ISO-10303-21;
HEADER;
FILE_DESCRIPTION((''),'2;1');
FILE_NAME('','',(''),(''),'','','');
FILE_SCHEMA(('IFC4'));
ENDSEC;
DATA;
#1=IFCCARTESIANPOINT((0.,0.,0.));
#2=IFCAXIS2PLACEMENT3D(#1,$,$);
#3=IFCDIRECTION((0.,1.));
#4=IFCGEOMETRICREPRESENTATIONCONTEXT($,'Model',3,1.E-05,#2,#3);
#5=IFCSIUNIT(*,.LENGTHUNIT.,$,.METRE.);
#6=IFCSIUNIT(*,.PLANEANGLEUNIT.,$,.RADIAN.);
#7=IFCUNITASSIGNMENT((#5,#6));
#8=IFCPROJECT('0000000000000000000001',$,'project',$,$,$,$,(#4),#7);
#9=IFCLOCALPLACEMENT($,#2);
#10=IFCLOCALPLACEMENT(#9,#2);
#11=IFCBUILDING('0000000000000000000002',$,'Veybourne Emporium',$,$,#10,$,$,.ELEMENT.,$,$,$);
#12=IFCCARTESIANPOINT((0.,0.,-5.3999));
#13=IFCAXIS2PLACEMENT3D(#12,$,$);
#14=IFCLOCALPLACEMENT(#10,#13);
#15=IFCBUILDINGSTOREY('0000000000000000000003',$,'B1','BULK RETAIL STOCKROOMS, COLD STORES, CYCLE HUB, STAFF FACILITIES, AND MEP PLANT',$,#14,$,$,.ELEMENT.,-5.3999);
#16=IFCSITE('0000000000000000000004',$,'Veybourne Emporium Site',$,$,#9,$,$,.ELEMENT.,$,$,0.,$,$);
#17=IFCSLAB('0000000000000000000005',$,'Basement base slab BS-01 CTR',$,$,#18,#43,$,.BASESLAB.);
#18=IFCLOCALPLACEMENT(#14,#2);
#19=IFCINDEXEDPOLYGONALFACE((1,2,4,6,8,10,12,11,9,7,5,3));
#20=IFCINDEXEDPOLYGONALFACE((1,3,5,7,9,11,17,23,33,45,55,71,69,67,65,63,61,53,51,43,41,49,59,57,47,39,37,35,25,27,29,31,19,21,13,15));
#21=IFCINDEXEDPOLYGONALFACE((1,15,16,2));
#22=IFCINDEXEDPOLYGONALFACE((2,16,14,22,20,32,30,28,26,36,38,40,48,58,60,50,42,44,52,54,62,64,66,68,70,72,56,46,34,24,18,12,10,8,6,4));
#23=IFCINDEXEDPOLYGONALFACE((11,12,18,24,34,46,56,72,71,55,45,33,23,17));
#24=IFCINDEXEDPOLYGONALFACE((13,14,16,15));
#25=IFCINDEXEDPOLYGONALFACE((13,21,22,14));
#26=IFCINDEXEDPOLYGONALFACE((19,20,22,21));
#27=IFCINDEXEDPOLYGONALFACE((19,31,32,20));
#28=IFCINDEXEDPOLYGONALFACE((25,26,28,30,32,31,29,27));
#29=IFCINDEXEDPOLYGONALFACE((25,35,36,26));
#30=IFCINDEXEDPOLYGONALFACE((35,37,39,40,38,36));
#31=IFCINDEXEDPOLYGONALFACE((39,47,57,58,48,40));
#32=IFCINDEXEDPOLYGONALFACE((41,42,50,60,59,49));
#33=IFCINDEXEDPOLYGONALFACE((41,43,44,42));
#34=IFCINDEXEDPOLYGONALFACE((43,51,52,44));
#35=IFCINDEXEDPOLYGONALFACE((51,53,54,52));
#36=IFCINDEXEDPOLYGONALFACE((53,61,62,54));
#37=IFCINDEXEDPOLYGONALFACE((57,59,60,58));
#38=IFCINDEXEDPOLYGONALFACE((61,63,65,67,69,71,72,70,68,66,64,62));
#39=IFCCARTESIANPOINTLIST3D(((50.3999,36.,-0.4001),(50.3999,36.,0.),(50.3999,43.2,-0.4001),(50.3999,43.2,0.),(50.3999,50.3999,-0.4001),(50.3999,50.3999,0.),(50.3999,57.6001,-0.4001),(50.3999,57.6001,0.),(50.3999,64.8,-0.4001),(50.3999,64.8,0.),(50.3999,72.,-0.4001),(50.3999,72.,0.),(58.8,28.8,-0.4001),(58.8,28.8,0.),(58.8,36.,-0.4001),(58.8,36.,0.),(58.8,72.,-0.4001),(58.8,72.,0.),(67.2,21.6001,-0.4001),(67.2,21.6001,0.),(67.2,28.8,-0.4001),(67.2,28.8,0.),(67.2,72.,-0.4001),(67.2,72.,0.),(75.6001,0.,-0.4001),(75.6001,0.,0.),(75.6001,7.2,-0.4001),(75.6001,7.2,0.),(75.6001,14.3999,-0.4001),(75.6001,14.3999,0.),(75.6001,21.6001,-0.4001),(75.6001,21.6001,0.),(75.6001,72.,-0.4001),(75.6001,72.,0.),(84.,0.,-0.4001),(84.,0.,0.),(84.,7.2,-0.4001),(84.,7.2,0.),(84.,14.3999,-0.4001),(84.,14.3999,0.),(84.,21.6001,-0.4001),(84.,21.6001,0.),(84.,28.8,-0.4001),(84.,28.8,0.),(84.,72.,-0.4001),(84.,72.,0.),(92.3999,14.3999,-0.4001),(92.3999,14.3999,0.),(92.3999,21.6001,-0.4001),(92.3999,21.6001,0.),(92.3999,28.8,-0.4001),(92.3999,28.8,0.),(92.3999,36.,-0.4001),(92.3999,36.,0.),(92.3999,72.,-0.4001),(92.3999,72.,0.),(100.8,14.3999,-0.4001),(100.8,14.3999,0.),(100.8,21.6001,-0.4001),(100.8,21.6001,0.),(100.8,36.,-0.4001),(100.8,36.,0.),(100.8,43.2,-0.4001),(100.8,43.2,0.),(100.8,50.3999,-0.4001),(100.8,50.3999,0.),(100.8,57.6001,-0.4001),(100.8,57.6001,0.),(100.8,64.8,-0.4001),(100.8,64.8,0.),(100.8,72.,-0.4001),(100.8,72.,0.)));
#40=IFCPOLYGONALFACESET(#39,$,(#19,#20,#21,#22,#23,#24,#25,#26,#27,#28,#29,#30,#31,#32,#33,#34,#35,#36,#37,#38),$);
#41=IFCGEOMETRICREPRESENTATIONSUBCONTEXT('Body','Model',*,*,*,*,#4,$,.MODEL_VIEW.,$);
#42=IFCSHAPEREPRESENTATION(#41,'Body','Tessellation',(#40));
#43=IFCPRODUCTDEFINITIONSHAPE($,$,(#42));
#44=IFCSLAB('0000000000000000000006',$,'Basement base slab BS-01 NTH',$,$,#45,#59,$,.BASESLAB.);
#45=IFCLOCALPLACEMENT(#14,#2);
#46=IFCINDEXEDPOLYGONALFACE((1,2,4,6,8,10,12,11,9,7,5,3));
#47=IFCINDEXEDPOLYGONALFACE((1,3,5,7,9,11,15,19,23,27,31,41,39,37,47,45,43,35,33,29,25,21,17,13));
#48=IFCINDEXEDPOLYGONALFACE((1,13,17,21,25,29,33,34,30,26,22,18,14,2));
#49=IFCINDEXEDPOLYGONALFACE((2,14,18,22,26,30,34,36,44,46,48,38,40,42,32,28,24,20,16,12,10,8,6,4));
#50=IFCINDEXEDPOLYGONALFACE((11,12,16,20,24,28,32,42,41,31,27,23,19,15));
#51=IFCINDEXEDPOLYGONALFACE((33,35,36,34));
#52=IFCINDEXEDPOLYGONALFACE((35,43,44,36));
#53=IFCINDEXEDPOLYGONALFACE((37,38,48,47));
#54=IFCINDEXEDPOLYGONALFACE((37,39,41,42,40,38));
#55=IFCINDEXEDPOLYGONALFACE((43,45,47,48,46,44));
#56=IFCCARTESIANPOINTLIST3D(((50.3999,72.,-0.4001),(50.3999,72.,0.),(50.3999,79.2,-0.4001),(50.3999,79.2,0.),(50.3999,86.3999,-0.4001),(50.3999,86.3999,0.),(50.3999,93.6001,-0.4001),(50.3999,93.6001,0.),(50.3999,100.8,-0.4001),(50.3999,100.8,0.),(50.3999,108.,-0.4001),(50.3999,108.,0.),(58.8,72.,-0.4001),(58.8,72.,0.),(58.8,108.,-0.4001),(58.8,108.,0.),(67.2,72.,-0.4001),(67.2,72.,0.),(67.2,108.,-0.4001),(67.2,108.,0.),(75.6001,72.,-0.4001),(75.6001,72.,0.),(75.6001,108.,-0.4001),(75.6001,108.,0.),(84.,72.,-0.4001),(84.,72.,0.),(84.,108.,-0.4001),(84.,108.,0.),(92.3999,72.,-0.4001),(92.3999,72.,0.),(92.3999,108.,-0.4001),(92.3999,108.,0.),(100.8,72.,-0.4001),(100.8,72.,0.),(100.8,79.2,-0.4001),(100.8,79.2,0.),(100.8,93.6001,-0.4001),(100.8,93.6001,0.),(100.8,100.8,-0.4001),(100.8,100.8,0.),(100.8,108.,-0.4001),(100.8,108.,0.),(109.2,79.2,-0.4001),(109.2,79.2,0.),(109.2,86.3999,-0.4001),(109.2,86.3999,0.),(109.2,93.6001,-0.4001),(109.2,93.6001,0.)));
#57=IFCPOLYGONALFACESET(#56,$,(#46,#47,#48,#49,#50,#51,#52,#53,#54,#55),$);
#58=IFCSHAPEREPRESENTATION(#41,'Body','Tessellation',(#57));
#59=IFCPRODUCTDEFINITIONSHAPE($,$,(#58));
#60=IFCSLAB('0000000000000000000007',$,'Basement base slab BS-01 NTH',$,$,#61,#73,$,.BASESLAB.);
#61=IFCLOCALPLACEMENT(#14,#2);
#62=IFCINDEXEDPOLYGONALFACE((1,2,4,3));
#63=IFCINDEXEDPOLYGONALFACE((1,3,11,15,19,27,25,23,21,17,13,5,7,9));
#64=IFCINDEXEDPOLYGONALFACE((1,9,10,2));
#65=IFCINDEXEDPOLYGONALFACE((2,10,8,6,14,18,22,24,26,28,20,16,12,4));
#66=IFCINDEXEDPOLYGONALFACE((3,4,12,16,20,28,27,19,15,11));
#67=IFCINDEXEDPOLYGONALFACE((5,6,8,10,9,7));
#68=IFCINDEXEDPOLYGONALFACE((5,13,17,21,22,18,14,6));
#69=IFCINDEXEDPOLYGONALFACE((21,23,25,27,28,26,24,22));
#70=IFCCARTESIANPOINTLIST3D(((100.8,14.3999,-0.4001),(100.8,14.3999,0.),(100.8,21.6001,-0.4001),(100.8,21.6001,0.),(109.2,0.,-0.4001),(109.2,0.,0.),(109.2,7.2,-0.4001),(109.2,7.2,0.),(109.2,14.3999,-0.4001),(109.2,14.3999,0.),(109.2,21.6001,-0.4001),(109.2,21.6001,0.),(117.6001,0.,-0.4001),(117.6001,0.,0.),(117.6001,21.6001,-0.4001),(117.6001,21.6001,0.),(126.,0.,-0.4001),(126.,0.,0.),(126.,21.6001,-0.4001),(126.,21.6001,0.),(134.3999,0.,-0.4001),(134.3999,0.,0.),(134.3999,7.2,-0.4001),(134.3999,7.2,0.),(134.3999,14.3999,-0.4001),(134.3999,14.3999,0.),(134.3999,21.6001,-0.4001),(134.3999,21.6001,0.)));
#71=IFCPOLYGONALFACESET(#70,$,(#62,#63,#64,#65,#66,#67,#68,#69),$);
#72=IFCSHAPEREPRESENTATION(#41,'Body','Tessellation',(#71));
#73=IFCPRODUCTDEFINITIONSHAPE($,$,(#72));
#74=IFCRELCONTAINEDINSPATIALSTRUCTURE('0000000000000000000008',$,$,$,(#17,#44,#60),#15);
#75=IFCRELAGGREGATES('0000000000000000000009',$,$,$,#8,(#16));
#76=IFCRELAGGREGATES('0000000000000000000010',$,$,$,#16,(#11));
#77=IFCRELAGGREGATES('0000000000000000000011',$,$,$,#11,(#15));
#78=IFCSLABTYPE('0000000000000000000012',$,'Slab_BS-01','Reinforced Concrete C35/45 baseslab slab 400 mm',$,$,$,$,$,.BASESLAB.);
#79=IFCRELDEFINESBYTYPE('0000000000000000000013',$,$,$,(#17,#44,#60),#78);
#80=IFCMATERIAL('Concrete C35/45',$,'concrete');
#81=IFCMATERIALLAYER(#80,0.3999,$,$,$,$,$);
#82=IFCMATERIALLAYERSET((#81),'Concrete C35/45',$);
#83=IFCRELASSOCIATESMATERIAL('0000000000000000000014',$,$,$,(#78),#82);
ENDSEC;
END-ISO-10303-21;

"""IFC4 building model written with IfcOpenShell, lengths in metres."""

from ifc_helpers import new_model, si_unit, direction, frame, origin, place, context, subcontext, project, spatial, polyline, outline, extrude, material, layer, layer_set, type_object, element, save


model = new_model("IFC4")

# Units and contexts
model_context = context("Model", 3, precision=1e-05, world=origin(), true_north=direction((0.0, 1.0)))
body_context = subcontext(model_context, "Body", "Model", "MODEL_VIEW")
ifc_project = project(units=[si_unit("LENGTHUNIT", "METRE"), si_unit("PLANEANGLEUNIT", "RADIAN")], contexts=[model_context])

# Site, building, storey
site_placement = place(None, origin())
site = spatial("IfcSite", under=ifc_project, at=site_placement, Name="Veybourne Emporium Site", CompositionType="ELEMENT", RefElevation=0.0)
building_placement = place(site_placement, origin())
building = spatial("IfcBuilding", under=site, at=building_placement, Name="Veybourne Emporium", CompositionType="ELEMENT")
storey_placement = place(building_placement, frame((0.0, 0.0, -5.3999)))
storey = spatial("IfcBuildingStorey", under=building, at=storey_placement, Name="B1", Description="BULK RETAIL STOCKROOMS, COLD STORES, CYCLE HUB, STAFF FACILITIES, AND MEP PLANT", CompositionType="ELEMENT", Elevation=-5.3999)

# Shared definitions
ifc_material_1 = material(Name="Concrete C35/45", Category="concrete")

# Slabs
ifc_layer_1 = layer(ifc_material_1, 0.3999)
ifc_layer_set_1 = layer_set([ifc_layer_1], Name="Concrete C35/45")
slab_type_1 = type_object("IfcSlabType", Name="Slab_BS-01", Description="Reinforced Concrete C35/45 baseslab slab 400 mm", PredefinedType="BASESLAB", material=ifc_layer_set_1)
slab_1_placement = place(storey_placement, frame((0.0, 0.0, -0.4001)))
element("IfcSlab", 1, at=slab_1_placement, inside=storey, type_object=slab_type_1, Name="Basement base slab BS-01 CTR", PredefinedType="BASESLAB", context=body_context, shape_type="SweptSolid", body=[
    extrude(outline(polyline([(58.8, 28.8), (58.8, 36.0), (50.3999, 36.0), (50.3999, 43.2), (50.3999, 50.3999), (50.3999, 57.6001), (50.3999, 64.8), (50.3999, 72.0), (58.8, 72.0), (67.2, 72.0), (75.6001, 72.0), (84.0, 72.0), (92.3999, 72.0), (100.8, 72.0), (100.8, 64.8), (100.8, 57.6001), (100.8, 50.3999), (100.8, 43.2), (100.8, 36.0), (92.3999, 36.0), (92.3999, 28.8), (84.0, 28.8), (84.0, 21.6001), (92.3999, 21.6001), (100.8, 21.6001), (100.8, 14.3999), (92.3999, 14.3999), (84.0, 14.3999), (84.0, 7.2), (84.0, 0.0), (75.6001, 0.0), (75.6001, 7.2), (75.6001, 14.3999), (75.6001, 21.6001), (67.2, 21.6001), (67.2, 28.8), (58.8, 28.8)])), origin(), (0.0, 0.0, 1.0), 0.4001),
])
slab_2_placement = place(storey_placement, frame((0.0, 0.0, -0.4001)))
element("IfcSlab", 2, at=slab_2_placement, inside=storey, type_object=slab_type_1, Name="Basement base slab BS-01 NTH", PredefinedType="BASESLAB", context=body_context, shape_type="SweptSolid", body=[
    extrude(outline(polyline([(50.3999, 100.8), (50.3999, 108.0), (58.8, 108.0), (67.2, 108.0), (75.6001, 108.0), (84.0, 108.0), (92.3999, 108.0), (100.8, 108.0), (100.8, 100.8), (100.8, 93.6001), (109.2, 93.6001), (109.2, 86.3999), (109.2, 79.2), (100.8, 79.2), (100.8, 72.0), (92.3999, 72.0), (84.0, 72.0), (75.6001, 72.0), (67.2, 72.0), (58.8, 72.0), (50.3999, 72.0), (50.3999, 79.2), (50.3999, 86.3999), (50.3999, 93.6001), (50.3999, 100.8)])), origin(), (0.0, 0.0, 1.0), 0.4001),
])
slab_3_placement = place(storey_placement, frame((0.0, 0.0, -0.4001)))
element("IfcSlab", 3, at=slab_3_placement, inside=storey, type_object=slab_type_1, Name="Basement base slab BS-01 NTH", PredefinedType="BASESLAB", context=body_context, shape_type="SweptSolid", body=[
    extrude(outline(polyline([(126.0, 0.0), (117.6001, 0.0), (109.2, 0.0), (109.2, 7.2), (109.2, 14.3999), (100.8, 14.3999), (100.8, 21.6001), (109.2, 21.6001), (117.6001, 21.6001), (126.0, 21.6001), (134.3999, 21.6001), (134.3999, 14.3999), (134.3999, 7.2), (134.3999, 0.0), (126.0, 0.0)])), origin(), (0.0, 0.0, 1.0), 0.4001),
])

save(model, "model.ifc")
